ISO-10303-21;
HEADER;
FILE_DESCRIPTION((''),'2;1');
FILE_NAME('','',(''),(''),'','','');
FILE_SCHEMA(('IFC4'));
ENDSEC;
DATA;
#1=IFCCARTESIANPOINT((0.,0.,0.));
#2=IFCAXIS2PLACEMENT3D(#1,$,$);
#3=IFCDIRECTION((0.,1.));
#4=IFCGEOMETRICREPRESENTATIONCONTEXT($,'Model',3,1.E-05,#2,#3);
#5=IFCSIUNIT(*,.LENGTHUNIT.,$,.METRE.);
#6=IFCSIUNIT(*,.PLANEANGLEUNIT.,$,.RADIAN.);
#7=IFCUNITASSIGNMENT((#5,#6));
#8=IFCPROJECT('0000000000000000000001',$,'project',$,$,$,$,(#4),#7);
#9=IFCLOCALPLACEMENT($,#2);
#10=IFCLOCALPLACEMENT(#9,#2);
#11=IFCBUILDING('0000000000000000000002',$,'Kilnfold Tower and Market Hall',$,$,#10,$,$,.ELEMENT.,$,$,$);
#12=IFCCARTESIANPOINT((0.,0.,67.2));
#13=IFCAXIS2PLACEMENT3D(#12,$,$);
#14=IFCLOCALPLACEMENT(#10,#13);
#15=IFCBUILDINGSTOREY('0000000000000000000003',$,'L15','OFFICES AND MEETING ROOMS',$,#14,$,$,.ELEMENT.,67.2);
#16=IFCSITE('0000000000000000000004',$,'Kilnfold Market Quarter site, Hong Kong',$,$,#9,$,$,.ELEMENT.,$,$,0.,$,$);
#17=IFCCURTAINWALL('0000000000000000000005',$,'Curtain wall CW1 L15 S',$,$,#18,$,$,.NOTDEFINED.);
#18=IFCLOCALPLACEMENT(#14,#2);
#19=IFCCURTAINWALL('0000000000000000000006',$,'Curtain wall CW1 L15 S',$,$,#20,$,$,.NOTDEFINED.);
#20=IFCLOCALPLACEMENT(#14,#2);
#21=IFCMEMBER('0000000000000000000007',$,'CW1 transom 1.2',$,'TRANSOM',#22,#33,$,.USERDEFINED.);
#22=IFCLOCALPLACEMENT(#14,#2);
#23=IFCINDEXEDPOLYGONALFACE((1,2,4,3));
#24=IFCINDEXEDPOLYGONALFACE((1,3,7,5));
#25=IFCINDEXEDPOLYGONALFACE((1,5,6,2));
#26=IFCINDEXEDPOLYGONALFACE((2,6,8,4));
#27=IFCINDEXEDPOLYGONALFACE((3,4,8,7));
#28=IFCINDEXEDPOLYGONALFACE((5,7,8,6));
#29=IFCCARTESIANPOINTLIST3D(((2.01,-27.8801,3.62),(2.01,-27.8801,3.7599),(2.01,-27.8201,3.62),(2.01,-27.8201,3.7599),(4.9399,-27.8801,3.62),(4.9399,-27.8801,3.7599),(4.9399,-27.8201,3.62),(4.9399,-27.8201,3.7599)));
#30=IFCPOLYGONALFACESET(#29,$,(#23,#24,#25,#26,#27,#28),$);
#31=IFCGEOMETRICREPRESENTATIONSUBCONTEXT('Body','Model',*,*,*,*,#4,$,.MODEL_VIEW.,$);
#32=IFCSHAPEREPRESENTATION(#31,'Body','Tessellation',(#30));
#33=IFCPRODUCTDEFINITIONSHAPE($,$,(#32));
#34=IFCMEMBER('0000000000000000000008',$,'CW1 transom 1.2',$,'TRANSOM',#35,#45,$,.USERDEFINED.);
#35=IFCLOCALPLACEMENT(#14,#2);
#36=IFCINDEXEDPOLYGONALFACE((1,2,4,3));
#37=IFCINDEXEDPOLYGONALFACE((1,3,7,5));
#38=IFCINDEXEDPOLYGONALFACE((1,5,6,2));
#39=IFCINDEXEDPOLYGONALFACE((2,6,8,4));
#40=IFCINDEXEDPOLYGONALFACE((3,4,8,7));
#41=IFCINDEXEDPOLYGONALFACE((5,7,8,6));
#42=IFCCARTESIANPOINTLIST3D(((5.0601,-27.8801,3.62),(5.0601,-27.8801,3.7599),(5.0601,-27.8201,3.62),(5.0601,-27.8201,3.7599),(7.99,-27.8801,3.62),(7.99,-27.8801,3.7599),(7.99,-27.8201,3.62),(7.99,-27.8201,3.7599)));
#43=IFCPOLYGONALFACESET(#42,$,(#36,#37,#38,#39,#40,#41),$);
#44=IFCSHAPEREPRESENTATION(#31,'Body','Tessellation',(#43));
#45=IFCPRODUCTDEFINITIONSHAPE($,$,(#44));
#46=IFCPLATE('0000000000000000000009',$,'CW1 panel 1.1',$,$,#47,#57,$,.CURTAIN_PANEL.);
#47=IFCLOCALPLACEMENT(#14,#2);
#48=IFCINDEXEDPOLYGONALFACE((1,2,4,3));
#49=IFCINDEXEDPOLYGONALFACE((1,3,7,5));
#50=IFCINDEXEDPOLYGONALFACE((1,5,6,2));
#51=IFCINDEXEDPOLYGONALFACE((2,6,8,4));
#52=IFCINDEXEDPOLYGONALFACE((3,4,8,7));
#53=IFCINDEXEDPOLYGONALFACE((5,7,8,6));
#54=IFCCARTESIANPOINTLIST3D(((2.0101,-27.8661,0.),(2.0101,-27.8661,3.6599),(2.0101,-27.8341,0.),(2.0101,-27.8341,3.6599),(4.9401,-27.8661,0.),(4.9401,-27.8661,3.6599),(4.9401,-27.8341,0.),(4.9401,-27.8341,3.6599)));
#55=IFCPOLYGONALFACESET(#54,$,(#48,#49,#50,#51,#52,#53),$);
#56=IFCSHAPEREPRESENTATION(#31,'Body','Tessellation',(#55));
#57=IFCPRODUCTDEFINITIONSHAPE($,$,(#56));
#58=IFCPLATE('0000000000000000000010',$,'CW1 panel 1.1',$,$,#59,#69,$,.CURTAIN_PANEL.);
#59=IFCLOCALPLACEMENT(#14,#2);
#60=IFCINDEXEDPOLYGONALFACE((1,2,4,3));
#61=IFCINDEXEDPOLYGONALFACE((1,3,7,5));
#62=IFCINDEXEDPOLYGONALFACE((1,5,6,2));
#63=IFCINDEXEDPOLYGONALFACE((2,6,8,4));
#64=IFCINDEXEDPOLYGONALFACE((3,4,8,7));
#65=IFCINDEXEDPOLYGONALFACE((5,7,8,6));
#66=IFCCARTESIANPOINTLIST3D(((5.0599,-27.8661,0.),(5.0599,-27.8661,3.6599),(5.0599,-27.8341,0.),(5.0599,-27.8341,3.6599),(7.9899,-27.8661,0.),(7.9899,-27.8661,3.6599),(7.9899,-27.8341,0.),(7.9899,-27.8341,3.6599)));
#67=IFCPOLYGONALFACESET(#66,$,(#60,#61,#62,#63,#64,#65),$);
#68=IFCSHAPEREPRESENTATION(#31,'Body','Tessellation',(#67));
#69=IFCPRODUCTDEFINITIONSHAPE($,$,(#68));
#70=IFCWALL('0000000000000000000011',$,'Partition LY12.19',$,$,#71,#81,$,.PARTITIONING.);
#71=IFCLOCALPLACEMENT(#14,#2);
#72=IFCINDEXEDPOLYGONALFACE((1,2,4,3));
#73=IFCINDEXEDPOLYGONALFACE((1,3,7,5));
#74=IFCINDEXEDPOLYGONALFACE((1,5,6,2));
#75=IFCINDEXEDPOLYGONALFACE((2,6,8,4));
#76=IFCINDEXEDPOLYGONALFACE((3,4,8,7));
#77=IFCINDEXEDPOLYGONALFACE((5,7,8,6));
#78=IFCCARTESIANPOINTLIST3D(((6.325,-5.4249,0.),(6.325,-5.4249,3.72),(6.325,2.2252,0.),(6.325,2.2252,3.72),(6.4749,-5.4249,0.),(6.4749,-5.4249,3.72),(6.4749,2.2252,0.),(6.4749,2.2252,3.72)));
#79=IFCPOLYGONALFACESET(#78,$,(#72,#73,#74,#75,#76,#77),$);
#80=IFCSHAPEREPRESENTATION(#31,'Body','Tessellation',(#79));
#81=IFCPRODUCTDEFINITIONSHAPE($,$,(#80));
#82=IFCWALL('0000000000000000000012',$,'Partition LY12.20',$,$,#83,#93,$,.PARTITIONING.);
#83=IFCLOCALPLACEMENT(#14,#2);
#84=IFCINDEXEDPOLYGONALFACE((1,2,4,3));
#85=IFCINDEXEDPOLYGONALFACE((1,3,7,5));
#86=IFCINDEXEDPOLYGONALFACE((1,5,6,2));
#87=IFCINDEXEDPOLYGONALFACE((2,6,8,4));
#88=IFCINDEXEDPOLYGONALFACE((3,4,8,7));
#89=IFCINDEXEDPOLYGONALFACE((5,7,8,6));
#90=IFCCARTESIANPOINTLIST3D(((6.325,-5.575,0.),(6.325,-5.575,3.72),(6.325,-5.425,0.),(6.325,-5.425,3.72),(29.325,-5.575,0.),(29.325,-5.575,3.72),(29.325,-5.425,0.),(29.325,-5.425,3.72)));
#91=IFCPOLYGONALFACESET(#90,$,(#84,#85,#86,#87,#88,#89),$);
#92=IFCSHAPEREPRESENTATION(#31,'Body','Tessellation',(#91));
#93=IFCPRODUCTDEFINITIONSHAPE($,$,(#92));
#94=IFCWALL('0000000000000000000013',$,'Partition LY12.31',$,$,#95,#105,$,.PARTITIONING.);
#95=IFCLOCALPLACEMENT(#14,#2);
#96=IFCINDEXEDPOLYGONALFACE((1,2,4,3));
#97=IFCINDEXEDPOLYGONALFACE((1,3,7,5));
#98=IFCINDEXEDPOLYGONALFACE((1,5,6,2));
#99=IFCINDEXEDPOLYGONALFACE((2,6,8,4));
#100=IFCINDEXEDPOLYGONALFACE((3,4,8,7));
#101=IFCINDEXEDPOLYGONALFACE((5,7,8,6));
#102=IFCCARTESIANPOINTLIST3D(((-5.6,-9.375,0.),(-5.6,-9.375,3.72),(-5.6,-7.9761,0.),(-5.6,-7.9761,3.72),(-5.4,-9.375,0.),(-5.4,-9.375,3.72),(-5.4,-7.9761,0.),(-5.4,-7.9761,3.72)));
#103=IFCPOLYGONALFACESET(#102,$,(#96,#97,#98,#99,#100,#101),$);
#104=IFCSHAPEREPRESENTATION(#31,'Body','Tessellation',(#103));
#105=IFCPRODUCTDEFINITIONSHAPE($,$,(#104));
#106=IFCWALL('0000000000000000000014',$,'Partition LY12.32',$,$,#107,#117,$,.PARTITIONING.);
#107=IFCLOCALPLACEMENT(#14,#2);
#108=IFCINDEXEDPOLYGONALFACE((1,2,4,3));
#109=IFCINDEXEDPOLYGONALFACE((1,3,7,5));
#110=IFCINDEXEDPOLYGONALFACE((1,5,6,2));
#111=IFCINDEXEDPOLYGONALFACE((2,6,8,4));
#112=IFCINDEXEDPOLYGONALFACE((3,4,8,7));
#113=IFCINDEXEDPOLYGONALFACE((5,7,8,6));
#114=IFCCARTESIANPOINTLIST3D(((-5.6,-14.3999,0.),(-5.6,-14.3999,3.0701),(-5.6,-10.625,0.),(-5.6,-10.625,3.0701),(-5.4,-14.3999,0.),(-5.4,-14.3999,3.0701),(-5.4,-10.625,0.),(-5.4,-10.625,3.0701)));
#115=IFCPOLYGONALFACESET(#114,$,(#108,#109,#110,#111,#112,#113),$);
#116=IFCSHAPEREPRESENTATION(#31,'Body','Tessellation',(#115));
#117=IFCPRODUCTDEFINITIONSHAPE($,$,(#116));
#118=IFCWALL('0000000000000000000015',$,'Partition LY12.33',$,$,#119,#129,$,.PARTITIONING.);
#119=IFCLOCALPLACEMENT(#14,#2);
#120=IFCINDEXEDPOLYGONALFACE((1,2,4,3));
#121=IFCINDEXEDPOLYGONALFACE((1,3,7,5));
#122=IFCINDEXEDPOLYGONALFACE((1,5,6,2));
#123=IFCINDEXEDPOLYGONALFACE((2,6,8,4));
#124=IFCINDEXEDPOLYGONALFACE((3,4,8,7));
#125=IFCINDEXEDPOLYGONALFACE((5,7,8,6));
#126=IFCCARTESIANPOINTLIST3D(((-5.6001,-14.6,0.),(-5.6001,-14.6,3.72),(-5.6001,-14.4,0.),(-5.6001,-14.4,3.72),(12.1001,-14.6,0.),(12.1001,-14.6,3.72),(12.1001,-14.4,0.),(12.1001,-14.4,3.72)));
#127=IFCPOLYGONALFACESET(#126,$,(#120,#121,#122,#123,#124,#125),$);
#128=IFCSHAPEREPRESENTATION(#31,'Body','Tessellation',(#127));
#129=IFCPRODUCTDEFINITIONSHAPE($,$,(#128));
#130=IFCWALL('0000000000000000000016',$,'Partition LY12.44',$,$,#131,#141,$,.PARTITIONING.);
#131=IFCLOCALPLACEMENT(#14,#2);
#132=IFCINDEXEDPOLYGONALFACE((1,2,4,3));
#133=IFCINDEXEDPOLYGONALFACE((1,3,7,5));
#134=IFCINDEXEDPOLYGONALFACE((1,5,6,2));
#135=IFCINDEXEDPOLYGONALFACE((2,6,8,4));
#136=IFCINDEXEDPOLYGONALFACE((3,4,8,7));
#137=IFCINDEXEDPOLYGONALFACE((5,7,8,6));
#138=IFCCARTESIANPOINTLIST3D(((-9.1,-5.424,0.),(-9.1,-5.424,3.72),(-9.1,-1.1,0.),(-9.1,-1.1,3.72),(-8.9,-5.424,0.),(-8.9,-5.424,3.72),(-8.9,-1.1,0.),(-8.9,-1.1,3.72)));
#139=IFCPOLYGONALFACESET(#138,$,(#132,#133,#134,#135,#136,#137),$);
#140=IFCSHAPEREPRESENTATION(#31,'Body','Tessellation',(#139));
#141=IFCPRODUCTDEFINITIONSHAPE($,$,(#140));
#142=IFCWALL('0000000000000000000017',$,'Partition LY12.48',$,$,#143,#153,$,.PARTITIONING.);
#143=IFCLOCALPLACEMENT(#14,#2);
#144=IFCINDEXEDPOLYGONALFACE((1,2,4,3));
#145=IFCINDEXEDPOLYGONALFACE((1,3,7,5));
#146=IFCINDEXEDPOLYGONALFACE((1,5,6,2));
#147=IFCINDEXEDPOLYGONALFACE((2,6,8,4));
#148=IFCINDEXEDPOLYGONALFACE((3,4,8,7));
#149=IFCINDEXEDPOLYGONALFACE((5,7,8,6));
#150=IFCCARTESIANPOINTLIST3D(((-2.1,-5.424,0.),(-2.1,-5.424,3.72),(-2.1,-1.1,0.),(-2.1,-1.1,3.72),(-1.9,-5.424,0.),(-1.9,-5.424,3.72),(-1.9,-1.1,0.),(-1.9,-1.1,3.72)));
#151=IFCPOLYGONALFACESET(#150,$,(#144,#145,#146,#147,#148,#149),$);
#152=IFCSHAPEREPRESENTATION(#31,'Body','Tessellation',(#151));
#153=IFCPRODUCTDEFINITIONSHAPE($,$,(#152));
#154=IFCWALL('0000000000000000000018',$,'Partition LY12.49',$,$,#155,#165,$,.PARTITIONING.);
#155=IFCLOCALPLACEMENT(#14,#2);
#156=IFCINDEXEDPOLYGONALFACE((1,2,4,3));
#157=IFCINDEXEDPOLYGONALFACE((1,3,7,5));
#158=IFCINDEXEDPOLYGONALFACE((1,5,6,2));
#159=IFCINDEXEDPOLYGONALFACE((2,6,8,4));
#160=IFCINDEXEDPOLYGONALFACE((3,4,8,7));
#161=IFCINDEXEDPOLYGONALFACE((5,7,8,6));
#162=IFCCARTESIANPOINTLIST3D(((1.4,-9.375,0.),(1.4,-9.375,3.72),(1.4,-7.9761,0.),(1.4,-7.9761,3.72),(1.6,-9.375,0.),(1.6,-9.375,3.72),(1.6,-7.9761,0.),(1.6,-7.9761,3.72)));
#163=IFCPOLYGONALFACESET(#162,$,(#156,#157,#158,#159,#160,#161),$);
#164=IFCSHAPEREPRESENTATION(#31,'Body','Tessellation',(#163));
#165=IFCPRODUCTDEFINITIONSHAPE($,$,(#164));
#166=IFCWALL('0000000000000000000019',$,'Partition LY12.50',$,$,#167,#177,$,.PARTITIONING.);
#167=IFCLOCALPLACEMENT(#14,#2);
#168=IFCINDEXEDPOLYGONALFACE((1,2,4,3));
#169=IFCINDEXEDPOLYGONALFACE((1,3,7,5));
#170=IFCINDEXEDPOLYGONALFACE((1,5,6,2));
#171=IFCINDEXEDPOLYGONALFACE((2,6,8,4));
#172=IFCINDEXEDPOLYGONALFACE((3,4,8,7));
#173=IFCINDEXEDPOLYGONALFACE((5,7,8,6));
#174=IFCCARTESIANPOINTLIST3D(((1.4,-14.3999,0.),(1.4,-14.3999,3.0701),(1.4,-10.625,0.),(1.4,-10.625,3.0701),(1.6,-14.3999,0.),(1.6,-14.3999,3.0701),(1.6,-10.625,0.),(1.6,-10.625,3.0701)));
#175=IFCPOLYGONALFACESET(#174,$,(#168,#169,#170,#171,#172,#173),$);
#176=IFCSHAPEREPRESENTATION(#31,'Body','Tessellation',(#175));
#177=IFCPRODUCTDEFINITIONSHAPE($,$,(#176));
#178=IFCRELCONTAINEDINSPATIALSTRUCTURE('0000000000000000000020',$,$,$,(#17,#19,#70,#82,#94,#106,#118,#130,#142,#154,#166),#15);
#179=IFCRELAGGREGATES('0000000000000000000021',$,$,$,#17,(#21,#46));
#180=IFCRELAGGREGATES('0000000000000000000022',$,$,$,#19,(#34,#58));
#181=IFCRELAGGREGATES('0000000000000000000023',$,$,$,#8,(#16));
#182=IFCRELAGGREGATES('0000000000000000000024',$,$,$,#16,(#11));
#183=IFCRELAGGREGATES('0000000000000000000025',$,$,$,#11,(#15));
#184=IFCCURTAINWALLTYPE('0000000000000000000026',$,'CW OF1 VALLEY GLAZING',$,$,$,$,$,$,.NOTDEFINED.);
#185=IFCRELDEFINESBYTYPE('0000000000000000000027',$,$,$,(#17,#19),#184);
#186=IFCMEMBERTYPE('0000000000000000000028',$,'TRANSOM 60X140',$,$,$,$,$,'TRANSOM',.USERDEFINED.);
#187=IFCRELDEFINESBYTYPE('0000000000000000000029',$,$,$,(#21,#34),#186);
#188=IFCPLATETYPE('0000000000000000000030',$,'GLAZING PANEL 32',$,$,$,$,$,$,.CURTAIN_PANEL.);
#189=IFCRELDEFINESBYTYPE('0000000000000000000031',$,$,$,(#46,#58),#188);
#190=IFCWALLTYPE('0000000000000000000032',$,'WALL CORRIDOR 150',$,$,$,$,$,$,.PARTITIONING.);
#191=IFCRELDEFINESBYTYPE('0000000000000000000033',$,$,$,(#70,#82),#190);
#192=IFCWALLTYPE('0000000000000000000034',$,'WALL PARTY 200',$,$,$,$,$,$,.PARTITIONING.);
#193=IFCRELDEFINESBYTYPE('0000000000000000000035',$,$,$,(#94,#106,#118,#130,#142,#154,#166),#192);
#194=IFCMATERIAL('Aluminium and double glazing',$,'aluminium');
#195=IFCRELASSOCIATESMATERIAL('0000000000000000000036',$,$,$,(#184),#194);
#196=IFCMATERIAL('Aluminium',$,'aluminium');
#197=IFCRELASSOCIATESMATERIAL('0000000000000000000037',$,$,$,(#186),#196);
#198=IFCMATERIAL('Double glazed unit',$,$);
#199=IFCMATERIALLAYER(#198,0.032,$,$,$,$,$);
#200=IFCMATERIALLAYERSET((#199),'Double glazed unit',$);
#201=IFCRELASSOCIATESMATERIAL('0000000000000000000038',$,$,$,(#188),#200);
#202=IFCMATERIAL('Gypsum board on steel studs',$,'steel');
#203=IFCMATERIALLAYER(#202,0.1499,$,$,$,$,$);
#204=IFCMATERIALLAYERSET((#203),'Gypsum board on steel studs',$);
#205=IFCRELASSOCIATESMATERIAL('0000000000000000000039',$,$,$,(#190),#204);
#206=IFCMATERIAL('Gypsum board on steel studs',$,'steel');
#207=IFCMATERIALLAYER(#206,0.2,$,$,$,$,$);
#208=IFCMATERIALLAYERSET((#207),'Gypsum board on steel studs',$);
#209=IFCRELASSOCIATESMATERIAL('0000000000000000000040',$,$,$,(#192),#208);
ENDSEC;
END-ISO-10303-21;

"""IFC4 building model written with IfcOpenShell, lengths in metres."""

from ifc_helpers import new_model, si_unit, direction, frame, frame_2d, origin, origin_2d, place, context, subcontext, project, spatial, rectangle, extrude, source, transform, mapped, material, layer, layer_set, material_profile, profile_set, type_object, element, aggregate, save


model = new_model("IFC4")

# Units and contexts
model_context = context("Model", 3, precision=1e-05, world=origin(), true_north=direction((0.0, 1.0)))
body_context = subcontext(model_context, "Body", "Model", "MODEL_VIEW")
ifc_project = project(units=[si_unit("LENGTHUNIT", "METRE"), si_unit("PLANEANGLEUNIT", "RADIAN")], contexts=[model_context])

# Site, building, storey
site_placement = place(None, origin())
site = spatial("IfcSite", under=ifc_project, at=site_placement, Name="Kilnfold Market Quarter site, Hong Kong", CompositionType="ELEMENT", RefElevation=0.0)
building_placement = place(site_placement, origin())
building = spatial("IfcBuilding", under=site, at=building_placement, Name="Kilnfold Tower and Market Hall", CompositionType="ELEMENT")
storey_placement = place(building_placement, frame((0.0, 0.0, 67.2)))
storey = spatial("IfcBuildingStorey", under=building, at=storey_placement, Name="L15", Description="OFFICES AND MEETING ROOMS", CompositionType="ELEMENT", Elevation=67.2)

# Curtain walls
ifc_material_1 = material(Name="Aluminium and double glazing", Category="aluminium")
curtain_wall_type = type_object("IfcCurtainWallType", Name="CW OF1 VALLEY GLAZING", PredefinedType="NOTDEFINED", material=ifc_material_1)
curtain_wall_1_placement = place(storey_placement, origin())
curtain_wall_1 = element("IfcCurtainWall", 1, at=curtain_wall_1_placement, inside=storey, type_object=curtain_wall_type, Name="Curtain wall CW1 L15 S", PredefinedType="NOTDEFINED")
curtain_wall_2_placement = place(storey_placement, origin())
curtain_wall_2 = element("IfcCurtainWall", 2, at=curtain_wall_2_placement, inside=storey, type_object=curtain_wall_type, Name="Curtain wall CW1 L15 S", PredefinedType="NOTDEFINED")

# Members
ifc_material_2 = material(Name="Aluminium", Category="aluminium")
ifc_material_profile_1 = material_profile(ifc_material_2, rectangle(XDim=0.0601, YDim=0.1399, at=origin_2d()), Name="TRANSOM 60x140")
ifc_profile_set_1 = profile_set([ifc_material_profile_1], Name="Aluminium")
member_type_1 = type_object("IfcMemberType", Name="TRANSOM 60X140", ElementType="TRANSOM", PredefinedType="USERDEFINED", material=ifc_profile_set_1)
shared_shape_1 = source(origin(), body_context, "Body", "SweptSolid", [
    extrude(rectangle(XDim=0.0601, YDim=0.1399, at=origin_2d()), origin(), (0.0, 0.0, 1.0), 2.9299),
])
member_1_placement = place(storey_placement, frame((2.01, -27.8501, 3.6899), z_axis=(1.0, 0.0, 0.0), x_axis=(0.0, 1.0, 0.0)))
member_1 = element("IfcMember", 3, at=member_1_placement, type_object=member_type_1, Name="CW1 transom 1.2", ObjectType="TRANSOM", PredefinedType="USERDEFINED", context=body_context, shape_type="MappedRepresentation", body=[
    mapped(shared_shape_1, transform((0.0, 0.0, 0.0))),
])
member_2_placement = place(storey_placement, frame((5.0601, -27.8501, 3.6899), z_axis=(1.0, 0.0, 0.0), x_axis=(0.0, 1.0, 0.0)))
member_2 = element("IfcMember", 4, at=member_2_placement, type_object=member_type_1, Name="CW1 transom 1.2", ObjectType="TRANSOM", PredefinedType="USERDEFINED", context=body_context, shape_type="MappedRepresentation", body=[
    mapped(shared_shape_1, transform((0.0, 0.0, 0.0))),
])

# Plates
ifc_material_3 = material(Name="Double glazed unit")
ifc_layer_1 = layer(ifc_material_3, 0.032)
ifc_layer_set_1 = layer_set([ifc_layer_1], Name="Double glazed unit")
plate_type = type_object("IfcPlateType", Name="GLAZING PANEL 32", PredefinedType="CURTAIN_PANEL", material=ifc_layer_set_1)
shared_shape_2 = source(origin(), body_context, "Body", "SweptSolid", [
    extrude(rectangle(XDim=2.9299, YDim=0.032, at=origin_2d()), origin(), (0.0, 0.0, 1.0), 3.6599),
])
plate_1_placement = place(storey_placement, frame((3.4751, -27.8501, 0.0), z_axis=(0.0, 0.0, 1.0), x_axis=(1.0, 0.0, 0.0)))
plate_1 = element("IfcPlate", 5, at=plate_1_placement, type_object=plate_type, Name="CW1 panel 1.1", PredefinedType="CURTAIN_PANEL", context=body_context, shape_type="MappedRepresentation", body=[
    mapped(shared_shape_2, transform((0.0, 0.0, 0.0))),
])
aggregate(curtain_wall_1, [member_1, plate_1])
plate_2_placement = place(storey_placement, frame((6.5249, -27.8501, 0.0), z_axis=(0.0, 0.0, 1.0), x_axis=(1.0, 0.0, 0.0)))
plate_2 = element("IfcPlate", 6, at=plate_2_placement, type_object=plate_type, Name="CW1 panel 1.1", PredefinedType="CURTAIN_PANEL", context=body_context, shape_type="MappedRepresentation", body=[
    mapped(shared_shape_2, transform((0.0, 0.0, 0.0))),
])
aggregate(curtain_wall_2, [member_2, plate_2])

# Walls
ifc_material_4 = material(Name="Gypsum board on steel studs", Category="steel")
ifc_layer_2 = layer(ifc_material_4, 0.1499)
ifc_layer_set_2 = layer_set([ifc_layer_2], Name="Gypsum board on steel studs")
wall_type_1 = type_object("IfcWallType", Name="WALL CORRIDOR 150", PredefinedType="PARTITIONING", material=ifc_layer_set_2)
wall_1_placement = place(storey_placement, frame((6.3999, -5.425, 0.0), z_axis=(0.0, 0.0, 1.0), x_axis=(0.0, 1.0, 0.0)))
element("IfcWall", 7, at=wall_1_placement, inside=storey, type_object=wall_type_1, Name="Partition LY12.19", PredefinedType="PARTITIONING", context=body_context, shape_type="SweptSolid", body=[
    extrude(rectangle(XDim=7.6501, YDim=0.1499, at=frame_2d((3.8252, 0.0))), origin(), (0.0, 0.0, 1.0), 3.72),
])
wall_2_placement = place(storey_placement, frame((6.325, -5.5, 0.0), z_axis=(0.0, 0.0, 1.0), x_axis=(1.0, 0.0, 0.0)))
element("IfcWall", 8, at=wall_2_placement, inside=storey, type_object=wall_type_1, Name="Partition LY12.20", PredefinedType="PARTITIONING", context=body_context, shape_type="SweptSolid", body=[
    extrude(rectangle(XDim=23.0, YDim=0.1499, at=frame_2d((11.5, 0.0))), origin(), (0.0, 0.0, 1.0), 3.72),
])
ifc_material_5 = material(Name="Gypsum board on steel studs", Category="steel")
ifc_layer_3 = layer(ifc_material_5, 0.2)
ifc_layer_set_3 = layer_set([ifc_layer_3], Name="Gypsum board on steel studs")
wall_type_2 = type_object("IfcWallType", Name="WALL PARTY 200", PredefinedType="PARTITIONING", material=ifc_layer_set_3)
wall_3_placement = place(storey_placement, frame((-5.5, -9.375, 0.0), z_axis=(0.0, 0.0, 1.0), x_axis=(0.0, 1.0, 0.0)))
element("IfcWall", 9, at=wall_3_placement, inside=storey, type_object=wall_type_2, Name="Partition LY12.31", PredefinedType="PARTITIONING", context=body_context, shape_type="SweptSolid", body=[
    extrude(rectangle(XDim=1.3989, YDim=0.2, at=frame_2d((0.6995, 0.0))), origin(), (0.0, 0.0, 1.0), 3.72),
])
wall_4_placement = place(storey_placement, frame((-5.5, -14.3999, 0.0), z_axis=(0.0, 0.0, 1.0), x_axis=(0.0, 1.0, 0.0)))
element("IfcWall", 10, at=wall_4_placement, inside=storey, type_object=wall_type_2, Name="Partition LY12.32", PredefinedType="PARTITIONING", context=body_context, shape_type="SweptSolid", body=[
    extrude(rectangle(XDim=3.7749, YDim=0.2, at=frame_2d((1.8875, 0.0))), origin(), (0.0, 0.0, 1.0), 3.0701),
])
wall_5_placement = place(storey_placement, frame((-5.6001, -14.5, 0.0), z_axis=(0.0, 0.0, 1.0), x_axis=(1.0, 0.0, 0.0)))
element("IfcWall", 11, at=wall_5_placement, inside=storey, type_object=wall_type_2, Name="Partition LY12.33", PredefinedType="PARTITIONING", context=body_context, shape_type="SweptSolid", body=[
    extrude(rectangle(XDim=17.7002, YDim=0.2, at=frame_2d((8.8501, 0.0))), origin(), (0.0, 0.0, 1.0), 3.72),
])
for number, where, z_axis, x_axis, name in (
    (12, (-9.0, -5.4241, 0.0), (0.0, 0.0, 1.0), (0.0, 1.0, 0.0), "Partition LY12.44"),
    (13, (-2.0, -5.4241, 0.0), (0.0, 0.0, 1.0), (0.0, 1.0, 0.0), "Partition LY12.48"),
):
    element("IfcWall", number, at=place(storey_placement, frame(where, z_axis=z_axis, x_axis=x_axis)), inside=storey, type_object=wall_type_2, Name=name, PredefinedType="PARTITIONING", context=body_context, shape_type="SweptSolid", body=[
        extrude(rectangle(XDim=4.324, YDim=0.2, at=frame_2d((2.1621, 0.0))), origin(), (0.0, 0.0, 1.0), 3.72),
    ])
wall_6_placement = place(storey_placement, frame((1.5, -9.375, 0.0), z_axis=(0.0, 0.0, 1.0), x_axis=(0.0, 1.0, 0.0)))
element("IfcWall", 14, at=wall_6_placement, inside=storey, type_object=wall_type_2, Name="Partition LY12.49", PredefinedType="PARTITIONING", context=body_context, shape_type="SweptSolid", body=[
    extrude(rectangle(XDim=1.3989, YDim=0.2, at=frame_2d((0.6995, 0.0))), origin(), (0.0, 0.0, 1.0), 3.72),
])
wall_7_placement = place(storey_placement, frame((1.5, -14.3999, 0.0), z_axis=(0.0, 0.0, 1.0), x_axis=(0.0, 1.0, 0.0)))
element("IfcWall", 15, at=wall_7_placement, inside=storey, type_object=wall_type_2, Name="Partition LY12.50", PredefinedType="PARTITIONING", context=body_context, shape_type="SweptSolid", body=[
    extrude(rectangle(XDim=3.7749, YDim=0.2, at=frame_2d((1.8875, 0.0))), origin(), (0.0, 0.0, 1.0), 3.0701),
])

save(model, "model.ifc")
